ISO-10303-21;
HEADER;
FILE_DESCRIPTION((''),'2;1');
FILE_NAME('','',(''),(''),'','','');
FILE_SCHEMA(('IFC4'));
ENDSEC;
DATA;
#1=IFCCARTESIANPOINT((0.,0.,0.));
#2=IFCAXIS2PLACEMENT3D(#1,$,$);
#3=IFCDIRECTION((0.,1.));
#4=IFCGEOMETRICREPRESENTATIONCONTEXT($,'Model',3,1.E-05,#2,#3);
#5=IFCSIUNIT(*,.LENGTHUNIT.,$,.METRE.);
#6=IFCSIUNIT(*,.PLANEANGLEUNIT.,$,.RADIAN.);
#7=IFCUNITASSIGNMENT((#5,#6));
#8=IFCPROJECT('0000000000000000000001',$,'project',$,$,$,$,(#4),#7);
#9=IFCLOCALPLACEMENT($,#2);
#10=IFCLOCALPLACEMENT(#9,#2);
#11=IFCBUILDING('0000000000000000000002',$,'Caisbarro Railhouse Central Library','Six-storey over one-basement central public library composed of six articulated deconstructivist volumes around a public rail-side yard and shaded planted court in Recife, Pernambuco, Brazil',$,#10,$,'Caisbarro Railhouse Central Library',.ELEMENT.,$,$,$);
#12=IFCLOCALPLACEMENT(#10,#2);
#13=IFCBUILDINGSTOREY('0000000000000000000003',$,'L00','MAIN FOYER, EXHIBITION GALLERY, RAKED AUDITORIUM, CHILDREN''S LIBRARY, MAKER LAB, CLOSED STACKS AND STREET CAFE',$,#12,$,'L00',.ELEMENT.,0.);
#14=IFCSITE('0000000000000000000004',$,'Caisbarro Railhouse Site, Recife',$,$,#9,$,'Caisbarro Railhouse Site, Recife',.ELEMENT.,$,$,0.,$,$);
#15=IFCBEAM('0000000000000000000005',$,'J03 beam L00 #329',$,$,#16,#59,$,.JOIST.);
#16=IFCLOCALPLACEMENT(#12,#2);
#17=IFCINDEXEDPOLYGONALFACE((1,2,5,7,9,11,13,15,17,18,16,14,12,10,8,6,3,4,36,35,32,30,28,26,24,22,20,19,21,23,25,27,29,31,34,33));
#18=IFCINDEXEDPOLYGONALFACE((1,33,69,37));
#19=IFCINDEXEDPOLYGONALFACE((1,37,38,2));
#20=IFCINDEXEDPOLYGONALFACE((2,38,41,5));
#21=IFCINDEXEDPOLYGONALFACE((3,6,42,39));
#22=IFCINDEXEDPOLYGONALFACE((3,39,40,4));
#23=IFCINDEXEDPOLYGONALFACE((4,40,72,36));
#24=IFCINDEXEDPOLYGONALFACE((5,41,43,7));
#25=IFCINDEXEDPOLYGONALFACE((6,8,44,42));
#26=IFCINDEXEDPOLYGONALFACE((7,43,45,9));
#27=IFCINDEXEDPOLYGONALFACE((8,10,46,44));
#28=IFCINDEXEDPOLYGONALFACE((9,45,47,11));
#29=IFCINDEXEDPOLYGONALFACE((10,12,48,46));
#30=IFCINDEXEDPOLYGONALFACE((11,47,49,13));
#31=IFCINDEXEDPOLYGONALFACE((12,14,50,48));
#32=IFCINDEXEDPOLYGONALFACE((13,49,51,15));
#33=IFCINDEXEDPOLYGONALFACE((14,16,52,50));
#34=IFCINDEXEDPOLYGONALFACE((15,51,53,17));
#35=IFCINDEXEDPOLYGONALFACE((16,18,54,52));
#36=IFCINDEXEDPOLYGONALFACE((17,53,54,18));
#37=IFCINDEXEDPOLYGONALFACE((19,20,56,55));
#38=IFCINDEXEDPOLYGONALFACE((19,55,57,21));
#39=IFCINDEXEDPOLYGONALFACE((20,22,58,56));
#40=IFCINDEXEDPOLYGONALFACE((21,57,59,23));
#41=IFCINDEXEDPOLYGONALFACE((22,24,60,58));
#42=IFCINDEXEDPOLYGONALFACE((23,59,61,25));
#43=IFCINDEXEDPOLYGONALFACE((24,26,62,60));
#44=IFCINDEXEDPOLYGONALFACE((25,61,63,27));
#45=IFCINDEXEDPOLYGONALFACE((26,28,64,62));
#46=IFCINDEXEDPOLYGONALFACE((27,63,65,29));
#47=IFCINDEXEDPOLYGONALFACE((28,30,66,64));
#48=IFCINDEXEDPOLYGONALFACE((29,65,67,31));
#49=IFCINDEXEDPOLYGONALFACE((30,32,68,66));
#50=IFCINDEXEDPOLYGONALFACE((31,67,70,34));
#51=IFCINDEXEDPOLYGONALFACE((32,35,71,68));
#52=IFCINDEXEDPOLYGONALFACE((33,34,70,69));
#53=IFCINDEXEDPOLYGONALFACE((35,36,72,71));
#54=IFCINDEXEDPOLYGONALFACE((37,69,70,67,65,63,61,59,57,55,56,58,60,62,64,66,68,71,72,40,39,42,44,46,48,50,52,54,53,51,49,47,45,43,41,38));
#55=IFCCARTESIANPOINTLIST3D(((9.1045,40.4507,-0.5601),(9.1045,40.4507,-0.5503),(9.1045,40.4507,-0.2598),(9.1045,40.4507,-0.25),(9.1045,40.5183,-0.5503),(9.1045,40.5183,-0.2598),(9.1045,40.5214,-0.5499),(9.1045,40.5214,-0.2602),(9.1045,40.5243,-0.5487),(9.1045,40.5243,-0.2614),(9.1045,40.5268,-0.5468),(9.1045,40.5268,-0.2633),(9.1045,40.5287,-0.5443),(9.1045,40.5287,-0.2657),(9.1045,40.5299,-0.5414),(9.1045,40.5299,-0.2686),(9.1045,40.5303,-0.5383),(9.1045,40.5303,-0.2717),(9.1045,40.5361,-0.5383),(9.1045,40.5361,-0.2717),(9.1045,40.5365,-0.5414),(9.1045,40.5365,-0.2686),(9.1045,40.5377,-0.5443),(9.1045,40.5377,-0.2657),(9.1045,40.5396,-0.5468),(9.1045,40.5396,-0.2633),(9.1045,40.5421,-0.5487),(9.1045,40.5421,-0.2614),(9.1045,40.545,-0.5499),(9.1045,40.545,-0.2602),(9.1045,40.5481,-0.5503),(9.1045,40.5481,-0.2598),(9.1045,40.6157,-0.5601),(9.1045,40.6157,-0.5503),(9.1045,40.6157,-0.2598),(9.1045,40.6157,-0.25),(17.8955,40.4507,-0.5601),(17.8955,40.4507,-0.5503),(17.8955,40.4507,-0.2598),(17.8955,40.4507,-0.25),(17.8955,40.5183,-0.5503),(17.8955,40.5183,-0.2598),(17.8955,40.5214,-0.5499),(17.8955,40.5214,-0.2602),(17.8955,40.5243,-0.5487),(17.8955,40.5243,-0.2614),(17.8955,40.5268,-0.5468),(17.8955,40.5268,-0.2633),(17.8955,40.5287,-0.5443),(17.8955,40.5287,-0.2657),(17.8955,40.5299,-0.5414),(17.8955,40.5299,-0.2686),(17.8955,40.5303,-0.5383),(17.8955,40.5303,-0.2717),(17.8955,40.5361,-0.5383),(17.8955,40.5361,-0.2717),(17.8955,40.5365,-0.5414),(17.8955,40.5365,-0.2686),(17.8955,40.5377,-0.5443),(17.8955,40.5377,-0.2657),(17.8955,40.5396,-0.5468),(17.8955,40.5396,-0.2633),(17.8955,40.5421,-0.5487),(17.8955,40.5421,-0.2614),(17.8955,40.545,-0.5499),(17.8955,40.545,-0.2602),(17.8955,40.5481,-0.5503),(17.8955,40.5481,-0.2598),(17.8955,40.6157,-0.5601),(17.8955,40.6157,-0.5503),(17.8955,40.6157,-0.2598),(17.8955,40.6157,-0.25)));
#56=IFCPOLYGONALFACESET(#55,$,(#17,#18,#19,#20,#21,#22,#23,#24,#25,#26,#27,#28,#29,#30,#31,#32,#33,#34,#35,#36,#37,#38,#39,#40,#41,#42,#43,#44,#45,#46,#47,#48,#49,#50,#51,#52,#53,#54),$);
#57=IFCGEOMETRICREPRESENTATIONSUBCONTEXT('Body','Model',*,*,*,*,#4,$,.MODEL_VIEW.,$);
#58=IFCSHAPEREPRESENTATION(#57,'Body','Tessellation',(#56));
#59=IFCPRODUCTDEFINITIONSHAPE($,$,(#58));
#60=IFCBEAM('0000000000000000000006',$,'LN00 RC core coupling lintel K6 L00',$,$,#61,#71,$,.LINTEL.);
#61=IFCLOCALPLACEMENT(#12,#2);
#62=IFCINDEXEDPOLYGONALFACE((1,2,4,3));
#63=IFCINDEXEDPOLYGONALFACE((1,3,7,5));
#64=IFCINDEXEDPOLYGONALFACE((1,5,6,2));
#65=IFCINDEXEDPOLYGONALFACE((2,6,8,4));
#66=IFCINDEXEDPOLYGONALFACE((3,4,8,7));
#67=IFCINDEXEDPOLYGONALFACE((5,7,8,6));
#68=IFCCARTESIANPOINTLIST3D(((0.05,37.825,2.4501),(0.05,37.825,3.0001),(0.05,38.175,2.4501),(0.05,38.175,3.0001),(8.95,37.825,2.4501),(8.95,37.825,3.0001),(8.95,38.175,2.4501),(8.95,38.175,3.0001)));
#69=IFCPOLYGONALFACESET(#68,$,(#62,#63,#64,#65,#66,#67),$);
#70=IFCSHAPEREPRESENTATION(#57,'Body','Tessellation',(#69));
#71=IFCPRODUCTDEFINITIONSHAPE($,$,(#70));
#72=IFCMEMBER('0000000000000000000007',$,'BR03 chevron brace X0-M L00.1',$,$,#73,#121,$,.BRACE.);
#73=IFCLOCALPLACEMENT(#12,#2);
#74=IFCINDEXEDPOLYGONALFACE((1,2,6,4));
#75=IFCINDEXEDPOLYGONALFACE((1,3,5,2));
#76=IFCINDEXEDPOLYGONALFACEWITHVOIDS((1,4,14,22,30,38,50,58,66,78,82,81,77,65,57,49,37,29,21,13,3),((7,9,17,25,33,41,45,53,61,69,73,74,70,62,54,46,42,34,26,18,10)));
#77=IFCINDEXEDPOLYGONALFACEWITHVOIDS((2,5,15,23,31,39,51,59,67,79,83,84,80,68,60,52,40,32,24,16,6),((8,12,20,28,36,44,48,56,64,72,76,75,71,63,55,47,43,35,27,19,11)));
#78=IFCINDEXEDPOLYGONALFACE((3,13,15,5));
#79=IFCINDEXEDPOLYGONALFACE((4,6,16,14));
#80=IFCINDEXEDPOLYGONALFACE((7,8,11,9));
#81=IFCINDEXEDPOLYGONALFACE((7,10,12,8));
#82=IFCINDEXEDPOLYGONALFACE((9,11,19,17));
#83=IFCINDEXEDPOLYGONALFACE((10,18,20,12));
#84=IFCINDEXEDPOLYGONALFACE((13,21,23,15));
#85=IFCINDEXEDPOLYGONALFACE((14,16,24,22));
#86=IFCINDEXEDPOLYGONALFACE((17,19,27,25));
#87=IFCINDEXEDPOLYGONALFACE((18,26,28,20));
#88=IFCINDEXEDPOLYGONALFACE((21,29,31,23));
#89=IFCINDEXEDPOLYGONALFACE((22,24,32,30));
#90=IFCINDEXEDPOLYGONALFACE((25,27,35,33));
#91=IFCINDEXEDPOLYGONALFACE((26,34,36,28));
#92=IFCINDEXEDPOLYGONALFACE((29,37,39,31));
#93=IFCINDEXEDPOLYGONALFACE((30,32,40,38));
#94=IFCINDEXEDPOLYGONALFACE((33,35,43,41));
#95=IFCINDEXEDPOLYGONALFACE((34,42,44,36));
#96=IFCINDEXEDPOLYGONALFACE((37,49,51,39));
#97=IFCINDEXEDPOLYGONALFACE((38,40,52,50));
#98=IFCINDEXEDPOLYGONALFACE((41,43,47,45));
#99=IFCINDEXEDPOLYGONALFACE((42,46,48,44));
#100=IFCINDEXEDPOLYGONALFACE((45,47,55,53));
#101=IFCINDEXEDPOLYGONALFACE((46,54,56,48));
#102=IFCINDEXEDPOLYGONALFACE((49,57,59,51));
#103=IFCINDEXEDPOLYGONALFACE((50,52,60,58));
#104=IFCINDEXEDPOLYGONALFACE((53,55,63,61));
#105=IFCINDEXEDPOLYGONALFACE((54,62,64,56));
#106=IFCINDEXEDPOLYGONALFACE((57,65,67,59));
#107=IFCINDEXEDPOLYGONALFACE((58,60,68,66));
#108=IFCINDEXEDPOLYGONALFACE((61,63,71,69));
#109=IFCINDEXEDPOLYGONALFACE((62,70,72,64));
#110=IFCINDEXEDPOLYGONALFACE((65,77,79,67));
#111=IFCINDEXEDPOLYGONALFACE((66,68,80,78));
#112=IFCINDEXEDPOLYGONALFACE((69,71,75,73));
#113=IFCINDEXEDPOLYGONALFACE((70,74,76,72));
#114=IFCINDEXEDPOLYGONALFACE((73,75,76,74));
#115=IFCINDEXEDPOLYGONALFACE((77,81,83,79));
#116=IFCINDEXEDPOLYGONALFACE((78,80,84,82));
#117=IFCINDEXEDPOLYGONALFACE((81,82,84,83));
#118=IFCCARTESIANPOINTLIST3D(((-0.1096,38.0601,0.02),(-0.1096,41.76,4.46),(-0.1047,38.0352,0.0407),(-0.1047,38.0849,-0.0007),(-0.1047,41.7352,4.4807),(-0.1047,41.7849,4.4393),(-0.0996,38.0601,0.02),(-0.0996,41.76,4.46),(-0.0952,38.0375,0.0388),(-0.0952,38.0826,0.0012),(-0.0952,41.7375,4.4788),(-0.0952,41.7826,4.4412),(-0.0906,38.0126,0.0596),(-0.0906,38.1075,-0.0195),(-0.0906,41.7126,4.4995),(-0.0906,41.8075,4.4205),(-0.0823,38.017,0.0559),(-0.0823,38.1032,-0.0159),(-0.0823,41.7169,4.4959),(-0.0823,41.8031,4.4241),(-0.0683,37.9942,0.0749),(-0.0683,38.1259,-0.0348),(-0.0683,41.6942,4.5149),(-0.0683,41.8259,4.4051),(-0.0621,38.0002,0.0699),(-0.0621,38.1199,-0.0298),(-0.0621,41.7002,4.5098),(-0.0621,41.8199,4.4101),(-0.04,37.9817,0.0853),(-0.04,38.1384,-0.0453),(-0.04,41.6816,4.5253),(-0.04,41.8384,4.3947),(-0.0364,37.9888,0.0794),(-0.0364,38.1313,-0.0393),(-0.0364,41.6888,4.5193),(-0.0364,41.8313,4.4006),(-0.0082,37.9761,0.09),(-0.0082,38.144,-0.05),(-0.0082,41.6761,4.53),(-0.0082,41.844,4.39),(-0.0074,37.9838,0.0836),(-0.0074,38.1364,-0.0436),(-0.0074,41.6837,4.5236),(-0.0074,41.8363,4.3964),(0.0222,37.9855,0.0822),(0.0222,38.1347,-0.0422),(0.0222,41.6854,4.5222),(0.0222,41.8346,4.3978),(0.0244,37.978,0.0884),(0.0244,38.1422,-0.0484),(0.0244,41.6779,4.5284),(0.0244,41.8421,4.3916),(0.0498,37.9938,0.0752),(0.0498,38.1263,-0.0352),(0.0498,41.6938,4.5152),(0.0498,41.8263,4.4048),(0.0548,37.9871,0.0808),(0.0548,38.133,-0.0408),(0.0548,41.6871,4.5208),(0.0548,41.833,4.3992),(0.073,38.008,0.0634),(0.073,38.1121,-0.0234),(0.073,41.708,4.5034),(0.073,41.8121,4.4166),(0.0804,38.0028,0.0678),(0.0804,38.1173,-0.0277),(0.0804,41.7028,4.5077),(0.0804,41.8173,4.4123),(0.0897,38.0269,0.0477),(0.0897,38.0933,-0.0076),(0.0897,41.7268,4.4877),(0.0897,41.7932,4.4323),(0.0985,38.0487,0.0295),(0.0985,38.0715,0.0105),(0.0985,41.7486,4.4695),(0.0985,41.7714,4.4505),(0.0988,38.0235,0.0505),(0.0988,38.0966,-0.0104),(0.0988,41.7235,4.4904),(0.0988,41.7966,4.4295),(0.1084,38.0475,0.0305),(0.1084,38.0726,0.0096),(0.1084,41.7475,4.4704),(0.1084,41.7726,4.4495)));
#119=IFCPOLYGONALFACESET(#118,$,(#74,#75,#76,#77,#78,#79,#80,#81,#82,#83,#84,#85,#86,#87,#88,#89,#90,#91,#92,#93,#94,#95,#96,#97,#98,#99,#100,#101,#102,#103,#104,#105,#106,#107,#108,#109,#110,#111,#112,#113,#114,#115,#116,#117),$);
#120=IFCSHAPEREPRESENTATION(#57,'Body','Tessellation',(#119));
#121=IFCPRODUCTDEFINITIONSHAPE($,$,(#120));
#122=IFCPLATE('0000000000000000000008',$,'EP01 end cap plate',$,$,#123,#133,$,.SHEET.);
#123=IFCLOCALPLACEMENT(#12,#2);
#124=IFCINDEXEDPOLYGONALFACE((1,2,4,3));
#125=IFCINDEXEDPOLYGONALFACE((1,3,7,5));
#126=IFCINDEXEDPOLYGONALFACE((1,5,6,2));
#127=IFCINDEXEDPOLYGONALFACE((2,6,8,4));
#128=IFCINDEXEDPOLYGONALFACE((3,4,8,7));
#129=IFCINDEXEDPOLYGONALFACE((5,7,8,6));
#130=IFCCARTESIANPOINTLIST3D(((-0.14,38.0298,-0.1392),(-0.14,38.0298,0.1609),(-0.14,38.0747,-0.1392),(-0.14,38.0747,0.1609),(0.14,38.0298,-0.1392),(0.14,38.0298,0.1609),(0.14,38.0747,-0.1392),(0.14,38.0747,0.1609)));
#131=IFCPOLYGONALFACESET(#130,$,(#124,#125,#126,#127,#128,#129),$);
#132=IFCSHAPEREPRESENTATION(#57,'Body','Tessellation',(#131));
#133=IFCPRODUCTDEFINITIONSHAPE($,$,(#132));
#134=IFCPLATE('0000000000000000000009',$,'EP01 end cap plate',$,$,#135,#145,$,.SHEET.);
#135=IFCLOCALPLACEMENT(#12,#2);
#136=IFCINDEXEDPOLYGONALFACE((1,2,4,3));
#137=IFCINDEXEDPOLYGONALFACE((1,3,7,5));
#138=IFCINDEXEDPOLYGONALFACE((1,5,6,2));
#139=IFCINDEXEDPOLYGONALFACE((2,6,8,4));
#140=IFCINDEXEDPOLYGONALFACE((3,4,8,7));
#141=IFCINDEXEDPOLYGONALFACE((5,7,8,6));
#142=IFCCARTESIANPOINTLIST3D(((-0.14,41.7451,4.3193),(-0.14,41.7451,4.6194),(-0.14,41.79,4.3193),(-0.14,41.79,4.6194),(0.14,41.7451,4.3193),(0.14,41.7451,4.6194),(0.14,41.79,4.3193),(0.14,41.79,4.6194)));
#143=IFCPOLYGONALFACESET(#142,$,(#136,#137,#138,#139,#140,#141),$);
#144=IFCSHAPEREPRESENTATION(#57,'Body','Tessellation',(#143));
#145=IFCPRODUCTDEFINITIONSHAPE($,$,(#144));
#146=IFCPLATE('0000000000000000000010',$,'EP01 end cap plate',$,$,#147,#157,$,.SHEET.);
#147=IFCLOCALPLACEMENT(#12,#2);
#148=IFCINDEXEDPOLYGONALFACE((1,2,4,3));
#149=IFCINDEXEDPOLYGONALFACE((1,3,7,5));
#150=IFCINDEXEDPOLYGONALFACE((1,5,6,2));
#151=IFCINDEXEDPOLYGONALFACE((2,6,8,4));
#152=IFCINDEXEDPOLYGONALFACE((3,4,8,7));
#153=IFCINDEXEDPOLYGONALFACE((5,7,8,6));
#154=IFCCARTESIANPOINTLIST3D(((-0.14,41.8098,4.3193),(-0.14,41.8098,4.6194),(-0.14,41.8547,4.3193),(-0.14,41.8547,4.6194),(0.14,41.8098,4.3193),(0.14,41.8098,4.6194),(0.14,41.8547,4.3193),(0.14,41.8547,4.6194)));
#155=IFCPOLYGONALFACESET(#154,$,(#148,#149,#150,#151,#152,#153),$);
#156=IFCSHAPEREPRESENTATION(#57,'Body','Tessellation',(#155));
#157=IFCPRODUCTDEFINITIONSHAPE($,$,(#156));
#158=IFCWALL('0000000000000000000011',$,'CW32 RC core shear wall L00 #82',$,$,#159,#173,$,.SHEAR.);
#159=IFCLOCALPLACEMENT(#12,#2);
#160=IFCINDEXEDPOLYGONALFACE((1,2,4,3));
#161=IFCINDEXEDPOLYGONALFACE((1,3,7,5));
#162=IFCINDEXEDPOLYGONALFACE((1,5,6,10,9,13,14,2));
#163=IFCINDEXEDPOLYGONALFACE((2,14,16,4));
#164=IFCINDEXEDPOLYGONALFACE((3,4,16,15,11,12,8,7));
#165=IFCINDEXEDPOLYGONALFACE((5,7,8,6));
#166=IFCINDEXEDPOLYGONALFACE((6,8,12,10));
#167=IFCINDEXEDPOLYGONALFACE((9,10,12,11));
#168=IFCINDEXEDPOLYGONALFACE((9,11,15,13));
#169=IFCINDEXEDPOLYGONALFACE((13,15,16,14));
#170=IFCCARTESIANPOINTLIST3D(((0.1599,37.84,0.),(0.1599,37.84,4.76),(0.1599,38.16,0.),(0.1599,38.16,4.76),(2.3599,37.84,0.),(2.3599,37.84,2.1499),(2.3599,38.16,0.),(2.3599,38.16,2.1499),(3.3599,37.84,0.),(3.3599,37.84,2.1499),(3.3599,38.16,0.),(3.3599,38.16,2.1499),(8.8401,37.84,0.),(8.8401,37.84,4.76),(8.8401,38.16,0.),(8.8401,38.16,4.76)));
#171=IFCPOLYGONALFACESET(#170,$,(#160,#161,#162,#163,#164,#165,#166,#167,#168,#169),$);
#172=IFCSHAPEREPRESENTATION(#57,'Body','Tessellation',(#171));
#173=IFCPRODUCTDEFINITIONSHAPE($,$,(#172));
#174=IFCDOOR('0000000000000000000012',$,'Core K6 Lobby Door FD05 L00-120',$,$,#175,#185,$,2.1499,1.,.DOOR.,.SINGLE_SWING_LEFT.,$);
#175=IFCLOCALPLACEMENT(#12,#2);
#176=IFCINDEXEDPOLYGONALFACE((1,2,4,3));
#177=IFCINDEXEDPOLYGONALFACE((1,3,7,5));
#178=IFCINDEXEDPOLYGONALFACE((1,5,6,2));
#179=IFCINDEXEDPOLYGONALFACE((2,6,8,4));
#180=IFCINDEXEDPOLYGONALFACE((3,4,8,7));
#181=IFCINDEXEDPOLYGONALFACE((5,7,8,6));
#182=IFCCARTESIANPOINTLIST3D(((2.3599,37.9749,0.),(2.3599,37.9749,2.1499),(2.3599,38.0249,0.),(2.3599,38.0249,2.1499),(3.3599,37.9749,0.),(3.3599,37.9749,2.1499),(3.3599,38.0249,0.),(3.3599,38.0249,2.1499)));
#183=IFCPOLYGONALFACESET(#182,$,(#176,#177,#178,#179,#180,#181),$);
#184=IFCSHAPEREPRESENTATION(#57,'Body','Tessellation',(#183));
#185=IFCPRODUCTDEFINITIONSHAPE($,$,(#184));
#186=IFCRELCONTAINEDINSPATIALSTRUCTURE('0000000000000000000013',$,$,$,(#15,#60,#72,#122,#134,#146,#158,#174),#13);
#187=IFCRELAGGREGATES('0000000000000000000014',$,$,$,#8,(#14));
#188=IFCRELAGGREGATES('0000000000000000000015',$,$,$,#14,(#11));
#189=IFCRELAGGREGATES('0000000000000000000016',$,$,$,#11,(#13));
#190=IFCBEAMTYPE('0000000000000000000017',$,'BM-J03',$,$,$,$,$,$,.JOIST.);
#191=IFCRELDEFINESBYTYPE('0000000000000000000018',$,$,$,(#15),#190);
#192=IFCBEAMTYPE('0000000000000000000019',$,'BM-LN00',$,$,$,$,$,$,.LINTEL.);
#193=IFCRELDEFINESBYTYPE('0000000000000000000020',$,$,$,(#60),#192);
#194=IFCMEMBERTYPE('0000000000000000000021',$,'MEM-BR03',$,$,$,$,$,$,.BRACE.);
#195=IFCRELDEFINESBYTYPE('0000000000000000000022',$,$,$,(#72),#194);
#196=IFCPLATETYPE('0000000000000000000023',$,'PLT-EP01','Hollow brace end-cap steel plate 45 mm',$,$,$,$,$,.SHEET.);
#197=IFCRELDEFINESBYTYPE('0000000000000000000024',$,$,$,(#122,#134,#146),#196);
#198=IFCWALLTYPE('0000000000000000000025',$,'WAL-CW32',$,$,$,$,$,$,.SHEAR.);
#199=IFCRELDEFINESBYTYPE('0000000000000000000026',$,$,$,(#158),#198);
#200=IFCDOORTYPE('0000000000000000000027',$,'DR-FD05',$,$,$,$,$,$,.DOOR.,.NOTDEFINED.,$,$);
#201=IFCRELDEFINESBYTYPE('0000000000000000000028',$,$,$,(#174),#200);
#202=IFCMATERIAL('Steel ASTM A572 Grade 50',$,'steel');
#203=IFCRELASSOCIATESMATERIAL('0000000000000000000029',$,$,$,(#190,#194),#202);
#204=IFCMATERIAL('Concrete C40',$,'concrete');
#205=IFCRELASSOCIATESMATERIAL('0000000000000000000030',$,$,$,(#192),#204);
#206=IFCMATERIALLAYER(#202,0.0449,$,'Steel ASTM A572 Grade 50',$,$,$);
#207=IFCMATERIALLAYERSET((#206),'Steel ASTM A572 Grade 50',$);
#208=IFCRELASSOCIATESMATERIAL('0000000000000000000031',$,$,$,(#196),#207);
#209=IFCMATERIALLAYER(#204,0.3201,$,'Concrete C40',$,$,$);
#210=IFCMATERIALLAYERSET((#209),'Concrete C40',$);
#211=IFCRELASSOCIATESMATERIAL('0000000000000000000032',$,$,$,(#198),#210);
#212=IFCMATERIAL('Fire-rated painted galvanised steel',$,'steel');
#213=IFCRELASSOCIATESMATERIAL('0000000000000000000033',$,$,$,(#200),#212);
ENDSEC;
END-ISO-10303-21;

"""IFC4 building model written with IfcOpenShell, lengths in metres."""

from ifc_helpers import new_model, si_unit, direction, frame, frame_2d, origin, origin_2d, place, context, subcontext, project, spatial, rectangle, hollow_circle, i_section, extrude, material, layer, layer_set, material_profile, profile_set, type_object, element, fill, save


model = new_model("IFC4")

# Units and contexts
model_context = context("Model", 3, precision=1e-05, world=origin(), true_north=direction((0.0, 1.0)))
body_context = subcontext(model_context, "Body", "Model", "MODEL_VIEW")
ifc_project = project(units=[si_unit("LENGTHUNIT", "METRE"), si_unit("PLANEANGLEUNIT", "RADIAN")], contexts=[model_context])

# Site, building, storey
site_placement = place(None, origin())
site = spatial("IfcSite", under=ifc_project, at=site_placement, Name="Caisbarro Railhouse Site, Recife", LongName="Caisbarro Railhouse Site, Recife", CompositionType="ELEMENT", RefElevation=0.0)
building_placement = place(site_placement, origin())
building = spatial("IfcBuilding", under=site, at=building_placement, Name="Caisbarro Railhouse Central Library", Description="Six-storey over one-basement central public library composed of six articulated deconstructivist volumes around a public rail-side yard and shaded planted court in Recife, Pernambuco, Brazil", LongName="Caisbarro Railhouse Central Library", CompositionType="ELEMENT")
storey_placement = place(building_placement, origin())
storey = spatial("IfcBuildingStorey", under=building, at=storey_placement, Name="L00", Description="MAIN FOYER, EXHIBITION GALLERY, RAKED AUDITORIUM, CHILDREN'S LIBRARY, MAKER LAB, CLOSED STACKS AND STREET CAFE", LongName="L00", CompositionType="ELEMENT", Elevation=0.0)

# Shared definitions
ifc_material_1 = material(Name="Steel ASTM A572 Grade 50", Category="steel")

# Beams
ifc_material_profile_1 = material_profile(ifc_material_1, i_section(OverallWidth=0.165, OverallDepth=0.3101, WebThickness=0.0059, FlangeThickness=0.0098, FilletRadius=0.012, at=origin_2d()), Name="W310X38.7")
ifc_profile_set_1 = profile_set([ifc_material_profile_1], Name="Steel ASTM A572 Grade 50")
beam_type_1 = type_object("IfcBeamType", Name="BM-J03", PredefinedType="JOIST", material=ifc_profile_set_1)
for number, where, z_axis, x_axis, name in (
    (1, (9.1045, 40.5332, -0.405), (1.0, 0.0, 0.0), (0.0, 1.0, 0.0), "J03 beam L00 #329"),
):
    element("IfcBeam", number, at=place(storey_placement, frame(where, z_axis=z_axis, x_axis=x_axis)), inside=storey, type_object=beam_type_1, Name=name, PredefinedType="JOIST", context=body_context, shape_type="SweptSolid", body=[
        extrude(i_section(OverallWidth=0.165, OverallDepth=0.3101, WebThickness=0.0059, FlangeThickness=0.0098, FilletRadius=0.012, at=origin_2d()), origin(), (0.0, 0.0, 1.0), 8.791),
    ])
ifc_material_2 = material(Name="Concrete C40", Category="concrete")
ifc_material_profile_2 = material_profile(ifc_material_2, rectangle(XDim=0.3501, YDim=0.55, at=origin_2d()), Name="RC-LIN-350X550")
ifc_profile_set_2 = profile_set([ifc_material_profile_2], Name="Concrete C40")
beam_type_2 = type_object("IfcBeamType", Name="BM-LN00", PredefinedType="LINTEL", material=ifc_profile_set_2)
beam_placement = place(storey_placement, frame((0.05, 38.0, 2.7251), z_axis=(1.0, 0.0, 0.0), x_axis=(0.0, 1.0, 0.0)))
element("IfcBeam", 2, at=beam_placement, inside=storey, type_object=beam_type_2, Name="LN00 RC core coupling lintel K6 L00", PredefinedType="LINTEL", context=body_context, shape_type="SweptSolid", body=[
    extrude(rectangle(XDim=0.3501, YDim=0.55, at=origin_2d()), origin(), (0.0, 0.0, 1.0), 8.8999),
])

# Member
ifc_material_profile_3 = material_profile(ifc_material_1, hollow_circle(Radius=0.1096, WallThickness=0.01, at=origin_2d()), Name="CHS219.1X10")
ifc_profile_set_3 = profile_set([ifc_material_profile_3], Name="Steel ASTM A572 Grade 50")
member_type = type_object("IfcMemberType", Name="MEM-BR03", PredefinedType="BRACE", material=ifc_profile_set_3)
member_placement = place(storey_placement, frame((0.0, 38.0601, 0.02), z_axis=(0.0, 0.640184, 0.768221), x_axis=(-1.0, 0.0, 0.0)))
element("IfcMember", 3, at=member_placement, inside=storey, type_object=member_type, Name="BR03 chevron brace X0-M L00.1", PredefinedType="BRACE", context=body_context, shape_type="SweptSolid", body=[
    extrude(hollow_circle(Radius=0.1096, WallThickness=0.01, at=origin_2d()), origin(), (0.0, 0.0, 1.0), 5.7795),
])

# Plates
ifc_layer_1 = layer(ifc_material_1, 0.0449, Name="Steel ASTM A572 Grade 50")
ifc_layer_set_1 = layer_set([ifc_layer_1], Name="Steel ASTM A572 Grade 50")
plate_type = type_object("IfcPlateType", Name="PLT-EP01", Description="Hollow brace end-cap steel plate 45 mm", PredefinedType="SHEET", material=ifc_layer_set_1)
for number, where, z_axis, x_axis, name in (
    (4, (0.0, 38.0522, -0.1392), (0.0, 0.0, 1.0), (0.0, 1.0, 0.0), "EP01 end cap plate"),
    (5, (0.0, 41.7676, 4.3193), (0.0, 0.0, 1.0), (0.0, 1.0, 0.0), "EP01 end cap plate"),
    (6, (0.0, 41.8323, 4.3193), (0.0, 0.0, 1.0), (0.0, -1.0, 0.0), "EP01 end cap plate"),
):
    element("IfcPlate", number, at=place(storey_placement, frame(where, z_axis=z_axis, x_axis=x_axis)), inside=storey, type_object=plate_type, Name=name, PredefinedType="SHEET", context=body_context, shape_type="SweptSolid", body=[
        extrude(rectangle(XDim=0.0449, YDim=0.28, at=origin_2d()), origin(), (0.0, 0.0, 1.0), 0.3),
    ])

# Wall, opening, door
ifc_layer_2 = layer(ifc_material_2, 0.3201, Name="Concrete C40")
ifc_layer_set_2 = layer_set([ifc_layer_2], Name="Concrete C40")
wall_type_1 = type_object("IfcWallType", Name="WAL-CW32", PredefinedType="SHEAR", material=ifc_layer_set_2)
wall_1_placement = place(storey_placement, frame((0.1599, 38.0, 0.0), z_axis=(0.0, 0.0, 1.0), x_axis=(1.0, 0.0, 0.0)))
wall_1 = element("IfcWall", 7, at=wall_1_placement, inside=storey, type_object=wall_type_1, Name="CW32 RC core shear wall L00 #82", PredefinedType="SHEAR", context=body_context, shape_type="SweptSolid", body=[
    extrude(rectangle(XDim=8.6802, YDim=0.3201, at=frame_2d((4.3401, 0.0))), origin(), (0.0, 0.0, 1.0), 4.76),
])
opening_1_placement = place(wall_1_placement, frame((2.2, 0.0, 0.0)))
opening_1 = element("IfcOpeningElement", 8, at=opening_1_placement, cuts=wall_1, PredefinedType="OPENING", context=body_context, shape_type="SweptSolid", body=[
    extrude(rectangle(XDim=1.0, YDim=2.1499, at=frame_2d((0.5, 1.075))), frame((0.0, 0.1699, 0.0), z_axis=(0.0, -1.0, 0.0), x_axis=(1.0, 0.0, 0.0)), (0.0, 0.0, 1.0), 0.3401),
])
ifc_material_3 = material(Name="Fire-rated painted galvanised steel", Category="steel")
door_type_1 = type_object("IfcDoorType", Name="DR-FD05", OperationType="NOTDEFINED", PredefinedType="DOOR", material=ifc_material_3)
door_1_placement = place(opening_1_placement, origin())
door_1 = element("IfcDoor", 9, at=door_1_placement, inside=storey, type_object=door_type_1, Name="Core K6 Lobby Door FD05 L00-120", OperationType="SINGLE_SWING_LEFT", OverallHeight=2.1499, OverallWidth=1.0, PredefinedType="DOOR", context=body_context, shape_type="SweptSolid", body=[
    extrude(rectangle(XDim=1.0, YDim=2.1499, at=frame_2d((0.5, 1.075))), frame((0.0, 0.0249, 0.0), z_axis=(0.0, -1.0, 0.0), x_axis=(1.0, 0.0, 0.0)), (0.0, 0.0, 1.0), 0.05),
])
fill(opening_1, door_1)

save(model, "model.ifc")
